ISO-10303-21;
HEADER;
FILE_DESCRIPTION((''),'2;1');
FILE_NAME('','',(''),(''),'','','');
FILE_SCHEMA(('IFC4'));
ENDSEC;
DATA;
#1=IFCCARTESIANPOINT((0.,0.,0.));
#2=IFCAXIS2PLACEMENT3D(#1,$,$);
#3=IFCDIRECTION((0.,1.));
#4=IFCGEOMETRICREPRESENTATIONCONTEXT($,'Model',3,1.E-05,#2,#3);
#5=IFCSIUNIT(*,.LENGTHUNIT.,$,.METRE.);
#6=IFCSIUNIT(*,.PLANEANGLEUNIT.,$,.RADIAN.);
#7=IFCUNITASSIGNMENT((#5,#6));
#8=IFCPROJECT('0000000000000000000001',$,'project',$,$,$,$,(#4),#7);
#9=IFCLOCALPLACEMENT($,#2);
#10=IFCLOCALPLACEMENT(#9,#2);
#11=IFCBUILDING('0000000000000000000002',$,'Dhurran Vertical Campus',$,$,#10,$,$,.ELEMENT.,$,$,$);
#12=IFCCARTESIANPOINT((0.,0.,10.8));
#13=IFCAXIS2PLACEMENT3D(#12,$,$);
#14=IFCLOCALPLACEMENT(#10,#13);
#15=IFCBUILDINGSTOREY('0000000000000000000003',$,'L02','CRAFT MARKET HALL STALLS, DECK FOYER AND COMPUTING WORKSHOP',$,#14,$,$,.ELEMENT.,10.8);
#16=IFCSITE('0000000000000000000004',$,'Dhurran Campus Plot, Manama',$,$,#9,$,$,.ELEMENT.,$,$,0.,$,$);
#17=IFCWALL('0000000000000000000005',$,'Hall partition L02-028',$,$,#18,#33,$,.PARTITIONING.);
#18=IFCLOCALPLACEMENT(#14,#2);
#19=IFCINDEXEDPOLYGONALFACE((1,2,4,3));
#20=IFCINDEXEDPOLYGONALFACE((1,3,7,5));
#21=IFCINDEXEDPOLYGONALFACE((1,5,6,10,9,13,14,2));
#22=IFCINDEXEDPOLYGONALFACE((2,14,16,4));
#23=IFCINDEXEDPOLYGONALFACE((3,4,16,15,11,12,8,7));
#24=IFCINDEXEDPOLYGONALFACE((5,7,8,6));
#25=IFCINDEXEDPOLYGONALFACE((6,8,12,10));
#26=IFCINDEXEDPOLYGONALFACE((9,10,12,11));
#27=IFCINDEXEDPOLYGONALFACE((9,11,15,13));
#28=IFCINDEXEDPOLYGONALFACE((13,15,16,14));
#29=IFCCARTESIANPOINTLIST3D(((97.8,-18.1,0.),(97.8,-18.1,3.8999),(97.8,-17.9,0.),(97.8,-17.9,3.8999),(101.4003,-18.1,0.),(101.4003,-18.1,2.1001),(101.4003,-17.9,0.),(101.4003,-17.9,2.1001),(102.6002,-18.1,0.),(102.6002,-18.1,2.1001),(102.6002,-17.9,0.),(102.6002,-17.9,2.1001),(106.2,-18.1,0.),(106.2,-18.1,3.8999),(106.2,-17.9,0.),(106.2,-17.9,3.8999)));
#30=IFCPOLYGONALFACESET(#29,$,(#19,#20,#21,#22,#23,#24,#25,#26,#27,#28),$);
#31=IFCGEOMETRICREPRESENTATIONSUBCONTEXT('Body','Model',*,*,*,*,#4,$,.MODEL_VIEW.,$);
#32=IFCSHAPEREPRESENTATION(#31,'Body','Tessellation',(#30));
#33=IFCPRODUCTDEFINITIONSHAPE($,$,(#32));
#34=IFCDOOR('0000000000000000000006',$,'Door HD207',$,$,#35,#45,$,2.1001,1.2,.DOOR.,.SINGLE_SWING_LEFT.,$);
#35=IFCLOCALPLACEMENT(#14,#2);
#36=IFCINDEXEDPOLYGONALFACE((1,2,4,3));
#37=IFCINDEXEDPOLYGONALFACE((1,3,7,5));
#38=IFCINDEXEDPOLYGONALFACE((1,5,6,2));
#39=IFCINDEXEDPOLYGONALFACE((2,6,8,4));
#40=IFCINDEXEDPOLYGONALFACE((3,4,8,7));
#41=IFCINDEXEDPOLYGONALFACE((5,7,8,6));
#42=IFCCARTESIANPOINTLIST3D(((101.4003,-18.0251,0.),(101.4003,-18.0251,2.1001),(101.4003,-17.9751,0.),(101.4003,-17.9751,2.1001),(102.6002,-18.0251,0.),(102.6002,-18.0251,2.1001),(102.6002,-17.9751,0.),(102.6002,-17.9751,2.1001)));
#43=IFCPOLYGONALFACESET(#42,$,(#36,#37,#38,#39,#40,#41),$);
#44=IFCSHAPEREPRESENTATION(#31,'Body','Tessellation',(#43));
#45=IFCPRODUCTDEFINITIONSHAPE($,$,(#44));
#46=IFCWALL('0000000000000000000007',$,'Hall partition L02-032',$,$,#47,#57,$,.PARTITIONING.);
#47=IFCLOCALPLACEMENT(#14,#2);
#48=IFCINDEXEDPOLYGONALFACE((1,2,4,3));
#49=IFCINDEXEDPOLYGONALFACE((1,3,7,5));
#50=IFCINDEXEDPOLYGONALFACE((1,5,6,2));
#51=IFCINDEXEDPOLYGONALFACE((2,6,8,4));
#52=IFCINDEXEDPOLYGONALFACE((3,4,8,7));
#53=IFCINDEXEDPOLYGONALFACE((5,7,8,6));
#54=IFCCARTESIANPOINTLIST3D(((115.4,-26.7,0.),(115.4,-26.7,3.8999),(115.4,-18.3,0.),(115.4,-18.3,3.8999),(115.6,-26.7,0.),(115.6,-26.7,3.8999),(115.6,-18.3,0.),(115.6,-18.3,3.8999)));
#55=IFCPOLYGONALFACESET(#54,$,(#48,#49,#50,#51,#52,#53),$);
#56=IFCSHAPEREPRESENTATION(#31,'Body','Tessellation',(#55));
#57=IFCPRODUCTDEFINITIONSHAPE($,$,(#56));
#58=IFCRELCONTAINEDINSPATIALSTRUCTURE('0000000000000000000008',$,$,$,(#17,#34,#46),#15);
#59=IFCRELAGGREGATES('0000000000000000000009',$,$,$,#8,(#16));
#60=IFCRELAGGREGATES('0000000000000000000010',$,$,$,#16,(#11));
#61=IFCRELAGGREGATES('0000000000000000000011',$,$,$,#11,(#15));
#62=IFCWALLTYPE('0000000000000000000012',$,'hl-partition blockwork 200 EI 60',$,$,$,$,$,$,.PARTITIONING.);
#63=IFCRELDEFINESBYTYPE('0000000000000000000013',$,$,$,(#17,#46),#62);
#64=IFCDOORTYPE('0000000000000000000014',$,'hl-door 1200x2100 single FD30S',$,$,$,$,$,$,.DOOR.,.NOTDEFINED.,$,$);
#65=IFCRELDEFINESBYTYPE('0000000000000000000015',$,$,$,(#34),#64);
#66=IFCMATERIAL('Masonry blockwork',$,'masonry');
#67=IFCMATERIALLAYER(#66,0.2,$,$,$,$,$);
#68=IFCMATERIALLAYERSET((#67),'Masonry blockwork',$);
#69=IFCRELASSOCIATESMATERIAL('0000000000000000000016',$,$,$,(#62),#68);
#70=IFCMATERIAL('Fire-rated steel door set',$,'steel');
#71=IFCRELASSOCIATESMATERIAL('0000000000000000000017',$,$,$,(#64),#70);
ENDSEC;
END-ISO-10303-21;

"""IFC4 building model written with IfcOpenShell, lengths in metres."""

from ifc_helpers import new_model, si_unit, direction, frame, frame_2d, origin, place, context, subcontext, project, spatial, rectangle, extrude, material, layer, layer_set, type_object, element, fill, save


model = new_model("IFC4")

# Units and contexts
model_context = context("Model", 3, precision=1e-05, world=origin(), true_north=direction((0.0, 1.0)))
body_context = subcontext(model_context, "Body", "Model", "MODEL_VIEW")
ifc_project = project(units=[si_unit("LENGTHUNIT", "METRE"), si_unit("PLANEANGLEUNIT", "RADIAN")], contexts=[model_context])

# Site, building, storey
site_placement = place(None, origin())
site = spatial("IfcSite", under=ifc_project, at=site_placement, Name="Dhurran Campus Plot, Manama", CompositionType="ELEMENT", RefElevation=0.0)
building_placement = place(site_placement, origin())
building = spatial("IfcBuilding", under=site, at=building_placement, Name="Dhurran Vertical Campus", CompositionType="ELEMENT")
storey_placement = place(building_placement, frame((0.0, 0.0, 10.8)))
storey = spatial("IfcBuildingStorey", under=building, at=storey_placement, Name="L02", Description="CRAFT MARKET HALL STALLS, DECK FOYER AND COMPUTING WORKSHOP", CompositionType="ELEMENT", Elevation=10.8)

# Shared definitions
ifc_material_1 = material(Name="Masonry blockwork", Category="masonry")
ifc_layer_1 = layer(ifc_material_1, 0.2)
ifc_layer_set_1 = layer_set([ifc_layer_1], Name="Masonry blockwork")
wall_type_1 = type_object("IfcWallType", Name="hl-partition blockwork 200 EI 60", PredefinedType="PARTITIONING", material=ifc_layer_set_1)
ifc_material_2 = material(Name="Fire-rated steel door set", Category="steel")
door_type = type_object("IfcDoorType", Name="hl-door 1200x2100 single FD30S", OperationType="NOTDEFINED", PredefinedType="DOOR", material=ifc_material_2)

# Wall, opening, door
wall_1_placement = place(storey_placement, frame((97.8, -18.0, 0.0), z_axis=(0.0, 0.0, 1.0), x_axis=(1.0, 0.0, 0.0)))
wall_1 = element("IfcWall", 1, at=wall_1_placement, inside=storey, type_object=wall_type_1, Name="Hall partition L02-028", PredefinedType="PARTITIONING", context=body_context, shape_type="SweptSolid", body=[
    extrude(rectangle(XDim=8.3999, YDim=0.2, at=frame_2d((4.2, 0.0))), origin(), (0.0, 0.0, 1.0), 3.8999),
])
opening_1_placement = place(wall_1_placement, frame((3.6001, 0.0, 0.0)))
opening_1 = element("IfcOpeningElement", 2, at=opening_1_placement, cuts=wall_1, PredefinedType="OPENING", context=body_context, shape_type="SweptSolid", body=[
    extrude(rectangle(XDim=1.2, YDim=2.1001, at=frame_2d((0.6001, 1.05))), frame((0.0, 0.1099, 0.0), z_axis=(0.0, -1.0, 0.0), x_axis=(1.0, 0.0, 0.0)), (0.0, 0.0, 1.0), 0.22),
])
door_1_placement = place(opening_1_placement, origin())
door_1 = element("IfcDoor", 3, at=door_1_placement, inside=storey, type_object=door_type, Name="Door HD207", OperationType="SINGLE_SWING_LEFT", OverallHeight=2.1001, OverallWidth=1.2, PredefinedType="DOOR", context=body_context, shape_type="SweptSolid", body=[
    extrude(rectangle(XDim=1.2, YDim=2.1001, at=frame_2d((0.6001, 1.05))), frame((0.0, 0.0249, 0.0), z_axis=(0.0, -1.0, 0.0), x_axis=(1.0, 0.0, 0.0)), (0.0, 0.0, 1.0), 0.05),
])
fill(opening_1, door_1)

# Wall
wall_2_placement = place(storey_placement, frame((115.5, -26.7, 0.0), z_axis=(0.0, 0.0, 1.0), x_axis=(0.0, 1.0, 0.0)))
element("IfcWall", 4, at=wall_2_placement, inside=storey, type_object=wall_type_1, Name="Hall partition L02-032", PredefinedType="PARTITIONING", context=body_context, shape_type="SweptSolid", body=[
    extrude(rectangle(XDim=8.3999, YDim=0.2, at=frame_2d((4.2, 0.0))), origin(), (0.0, 0.0, 1.0), 3.8999),
])

save(model, "model.ifc")
